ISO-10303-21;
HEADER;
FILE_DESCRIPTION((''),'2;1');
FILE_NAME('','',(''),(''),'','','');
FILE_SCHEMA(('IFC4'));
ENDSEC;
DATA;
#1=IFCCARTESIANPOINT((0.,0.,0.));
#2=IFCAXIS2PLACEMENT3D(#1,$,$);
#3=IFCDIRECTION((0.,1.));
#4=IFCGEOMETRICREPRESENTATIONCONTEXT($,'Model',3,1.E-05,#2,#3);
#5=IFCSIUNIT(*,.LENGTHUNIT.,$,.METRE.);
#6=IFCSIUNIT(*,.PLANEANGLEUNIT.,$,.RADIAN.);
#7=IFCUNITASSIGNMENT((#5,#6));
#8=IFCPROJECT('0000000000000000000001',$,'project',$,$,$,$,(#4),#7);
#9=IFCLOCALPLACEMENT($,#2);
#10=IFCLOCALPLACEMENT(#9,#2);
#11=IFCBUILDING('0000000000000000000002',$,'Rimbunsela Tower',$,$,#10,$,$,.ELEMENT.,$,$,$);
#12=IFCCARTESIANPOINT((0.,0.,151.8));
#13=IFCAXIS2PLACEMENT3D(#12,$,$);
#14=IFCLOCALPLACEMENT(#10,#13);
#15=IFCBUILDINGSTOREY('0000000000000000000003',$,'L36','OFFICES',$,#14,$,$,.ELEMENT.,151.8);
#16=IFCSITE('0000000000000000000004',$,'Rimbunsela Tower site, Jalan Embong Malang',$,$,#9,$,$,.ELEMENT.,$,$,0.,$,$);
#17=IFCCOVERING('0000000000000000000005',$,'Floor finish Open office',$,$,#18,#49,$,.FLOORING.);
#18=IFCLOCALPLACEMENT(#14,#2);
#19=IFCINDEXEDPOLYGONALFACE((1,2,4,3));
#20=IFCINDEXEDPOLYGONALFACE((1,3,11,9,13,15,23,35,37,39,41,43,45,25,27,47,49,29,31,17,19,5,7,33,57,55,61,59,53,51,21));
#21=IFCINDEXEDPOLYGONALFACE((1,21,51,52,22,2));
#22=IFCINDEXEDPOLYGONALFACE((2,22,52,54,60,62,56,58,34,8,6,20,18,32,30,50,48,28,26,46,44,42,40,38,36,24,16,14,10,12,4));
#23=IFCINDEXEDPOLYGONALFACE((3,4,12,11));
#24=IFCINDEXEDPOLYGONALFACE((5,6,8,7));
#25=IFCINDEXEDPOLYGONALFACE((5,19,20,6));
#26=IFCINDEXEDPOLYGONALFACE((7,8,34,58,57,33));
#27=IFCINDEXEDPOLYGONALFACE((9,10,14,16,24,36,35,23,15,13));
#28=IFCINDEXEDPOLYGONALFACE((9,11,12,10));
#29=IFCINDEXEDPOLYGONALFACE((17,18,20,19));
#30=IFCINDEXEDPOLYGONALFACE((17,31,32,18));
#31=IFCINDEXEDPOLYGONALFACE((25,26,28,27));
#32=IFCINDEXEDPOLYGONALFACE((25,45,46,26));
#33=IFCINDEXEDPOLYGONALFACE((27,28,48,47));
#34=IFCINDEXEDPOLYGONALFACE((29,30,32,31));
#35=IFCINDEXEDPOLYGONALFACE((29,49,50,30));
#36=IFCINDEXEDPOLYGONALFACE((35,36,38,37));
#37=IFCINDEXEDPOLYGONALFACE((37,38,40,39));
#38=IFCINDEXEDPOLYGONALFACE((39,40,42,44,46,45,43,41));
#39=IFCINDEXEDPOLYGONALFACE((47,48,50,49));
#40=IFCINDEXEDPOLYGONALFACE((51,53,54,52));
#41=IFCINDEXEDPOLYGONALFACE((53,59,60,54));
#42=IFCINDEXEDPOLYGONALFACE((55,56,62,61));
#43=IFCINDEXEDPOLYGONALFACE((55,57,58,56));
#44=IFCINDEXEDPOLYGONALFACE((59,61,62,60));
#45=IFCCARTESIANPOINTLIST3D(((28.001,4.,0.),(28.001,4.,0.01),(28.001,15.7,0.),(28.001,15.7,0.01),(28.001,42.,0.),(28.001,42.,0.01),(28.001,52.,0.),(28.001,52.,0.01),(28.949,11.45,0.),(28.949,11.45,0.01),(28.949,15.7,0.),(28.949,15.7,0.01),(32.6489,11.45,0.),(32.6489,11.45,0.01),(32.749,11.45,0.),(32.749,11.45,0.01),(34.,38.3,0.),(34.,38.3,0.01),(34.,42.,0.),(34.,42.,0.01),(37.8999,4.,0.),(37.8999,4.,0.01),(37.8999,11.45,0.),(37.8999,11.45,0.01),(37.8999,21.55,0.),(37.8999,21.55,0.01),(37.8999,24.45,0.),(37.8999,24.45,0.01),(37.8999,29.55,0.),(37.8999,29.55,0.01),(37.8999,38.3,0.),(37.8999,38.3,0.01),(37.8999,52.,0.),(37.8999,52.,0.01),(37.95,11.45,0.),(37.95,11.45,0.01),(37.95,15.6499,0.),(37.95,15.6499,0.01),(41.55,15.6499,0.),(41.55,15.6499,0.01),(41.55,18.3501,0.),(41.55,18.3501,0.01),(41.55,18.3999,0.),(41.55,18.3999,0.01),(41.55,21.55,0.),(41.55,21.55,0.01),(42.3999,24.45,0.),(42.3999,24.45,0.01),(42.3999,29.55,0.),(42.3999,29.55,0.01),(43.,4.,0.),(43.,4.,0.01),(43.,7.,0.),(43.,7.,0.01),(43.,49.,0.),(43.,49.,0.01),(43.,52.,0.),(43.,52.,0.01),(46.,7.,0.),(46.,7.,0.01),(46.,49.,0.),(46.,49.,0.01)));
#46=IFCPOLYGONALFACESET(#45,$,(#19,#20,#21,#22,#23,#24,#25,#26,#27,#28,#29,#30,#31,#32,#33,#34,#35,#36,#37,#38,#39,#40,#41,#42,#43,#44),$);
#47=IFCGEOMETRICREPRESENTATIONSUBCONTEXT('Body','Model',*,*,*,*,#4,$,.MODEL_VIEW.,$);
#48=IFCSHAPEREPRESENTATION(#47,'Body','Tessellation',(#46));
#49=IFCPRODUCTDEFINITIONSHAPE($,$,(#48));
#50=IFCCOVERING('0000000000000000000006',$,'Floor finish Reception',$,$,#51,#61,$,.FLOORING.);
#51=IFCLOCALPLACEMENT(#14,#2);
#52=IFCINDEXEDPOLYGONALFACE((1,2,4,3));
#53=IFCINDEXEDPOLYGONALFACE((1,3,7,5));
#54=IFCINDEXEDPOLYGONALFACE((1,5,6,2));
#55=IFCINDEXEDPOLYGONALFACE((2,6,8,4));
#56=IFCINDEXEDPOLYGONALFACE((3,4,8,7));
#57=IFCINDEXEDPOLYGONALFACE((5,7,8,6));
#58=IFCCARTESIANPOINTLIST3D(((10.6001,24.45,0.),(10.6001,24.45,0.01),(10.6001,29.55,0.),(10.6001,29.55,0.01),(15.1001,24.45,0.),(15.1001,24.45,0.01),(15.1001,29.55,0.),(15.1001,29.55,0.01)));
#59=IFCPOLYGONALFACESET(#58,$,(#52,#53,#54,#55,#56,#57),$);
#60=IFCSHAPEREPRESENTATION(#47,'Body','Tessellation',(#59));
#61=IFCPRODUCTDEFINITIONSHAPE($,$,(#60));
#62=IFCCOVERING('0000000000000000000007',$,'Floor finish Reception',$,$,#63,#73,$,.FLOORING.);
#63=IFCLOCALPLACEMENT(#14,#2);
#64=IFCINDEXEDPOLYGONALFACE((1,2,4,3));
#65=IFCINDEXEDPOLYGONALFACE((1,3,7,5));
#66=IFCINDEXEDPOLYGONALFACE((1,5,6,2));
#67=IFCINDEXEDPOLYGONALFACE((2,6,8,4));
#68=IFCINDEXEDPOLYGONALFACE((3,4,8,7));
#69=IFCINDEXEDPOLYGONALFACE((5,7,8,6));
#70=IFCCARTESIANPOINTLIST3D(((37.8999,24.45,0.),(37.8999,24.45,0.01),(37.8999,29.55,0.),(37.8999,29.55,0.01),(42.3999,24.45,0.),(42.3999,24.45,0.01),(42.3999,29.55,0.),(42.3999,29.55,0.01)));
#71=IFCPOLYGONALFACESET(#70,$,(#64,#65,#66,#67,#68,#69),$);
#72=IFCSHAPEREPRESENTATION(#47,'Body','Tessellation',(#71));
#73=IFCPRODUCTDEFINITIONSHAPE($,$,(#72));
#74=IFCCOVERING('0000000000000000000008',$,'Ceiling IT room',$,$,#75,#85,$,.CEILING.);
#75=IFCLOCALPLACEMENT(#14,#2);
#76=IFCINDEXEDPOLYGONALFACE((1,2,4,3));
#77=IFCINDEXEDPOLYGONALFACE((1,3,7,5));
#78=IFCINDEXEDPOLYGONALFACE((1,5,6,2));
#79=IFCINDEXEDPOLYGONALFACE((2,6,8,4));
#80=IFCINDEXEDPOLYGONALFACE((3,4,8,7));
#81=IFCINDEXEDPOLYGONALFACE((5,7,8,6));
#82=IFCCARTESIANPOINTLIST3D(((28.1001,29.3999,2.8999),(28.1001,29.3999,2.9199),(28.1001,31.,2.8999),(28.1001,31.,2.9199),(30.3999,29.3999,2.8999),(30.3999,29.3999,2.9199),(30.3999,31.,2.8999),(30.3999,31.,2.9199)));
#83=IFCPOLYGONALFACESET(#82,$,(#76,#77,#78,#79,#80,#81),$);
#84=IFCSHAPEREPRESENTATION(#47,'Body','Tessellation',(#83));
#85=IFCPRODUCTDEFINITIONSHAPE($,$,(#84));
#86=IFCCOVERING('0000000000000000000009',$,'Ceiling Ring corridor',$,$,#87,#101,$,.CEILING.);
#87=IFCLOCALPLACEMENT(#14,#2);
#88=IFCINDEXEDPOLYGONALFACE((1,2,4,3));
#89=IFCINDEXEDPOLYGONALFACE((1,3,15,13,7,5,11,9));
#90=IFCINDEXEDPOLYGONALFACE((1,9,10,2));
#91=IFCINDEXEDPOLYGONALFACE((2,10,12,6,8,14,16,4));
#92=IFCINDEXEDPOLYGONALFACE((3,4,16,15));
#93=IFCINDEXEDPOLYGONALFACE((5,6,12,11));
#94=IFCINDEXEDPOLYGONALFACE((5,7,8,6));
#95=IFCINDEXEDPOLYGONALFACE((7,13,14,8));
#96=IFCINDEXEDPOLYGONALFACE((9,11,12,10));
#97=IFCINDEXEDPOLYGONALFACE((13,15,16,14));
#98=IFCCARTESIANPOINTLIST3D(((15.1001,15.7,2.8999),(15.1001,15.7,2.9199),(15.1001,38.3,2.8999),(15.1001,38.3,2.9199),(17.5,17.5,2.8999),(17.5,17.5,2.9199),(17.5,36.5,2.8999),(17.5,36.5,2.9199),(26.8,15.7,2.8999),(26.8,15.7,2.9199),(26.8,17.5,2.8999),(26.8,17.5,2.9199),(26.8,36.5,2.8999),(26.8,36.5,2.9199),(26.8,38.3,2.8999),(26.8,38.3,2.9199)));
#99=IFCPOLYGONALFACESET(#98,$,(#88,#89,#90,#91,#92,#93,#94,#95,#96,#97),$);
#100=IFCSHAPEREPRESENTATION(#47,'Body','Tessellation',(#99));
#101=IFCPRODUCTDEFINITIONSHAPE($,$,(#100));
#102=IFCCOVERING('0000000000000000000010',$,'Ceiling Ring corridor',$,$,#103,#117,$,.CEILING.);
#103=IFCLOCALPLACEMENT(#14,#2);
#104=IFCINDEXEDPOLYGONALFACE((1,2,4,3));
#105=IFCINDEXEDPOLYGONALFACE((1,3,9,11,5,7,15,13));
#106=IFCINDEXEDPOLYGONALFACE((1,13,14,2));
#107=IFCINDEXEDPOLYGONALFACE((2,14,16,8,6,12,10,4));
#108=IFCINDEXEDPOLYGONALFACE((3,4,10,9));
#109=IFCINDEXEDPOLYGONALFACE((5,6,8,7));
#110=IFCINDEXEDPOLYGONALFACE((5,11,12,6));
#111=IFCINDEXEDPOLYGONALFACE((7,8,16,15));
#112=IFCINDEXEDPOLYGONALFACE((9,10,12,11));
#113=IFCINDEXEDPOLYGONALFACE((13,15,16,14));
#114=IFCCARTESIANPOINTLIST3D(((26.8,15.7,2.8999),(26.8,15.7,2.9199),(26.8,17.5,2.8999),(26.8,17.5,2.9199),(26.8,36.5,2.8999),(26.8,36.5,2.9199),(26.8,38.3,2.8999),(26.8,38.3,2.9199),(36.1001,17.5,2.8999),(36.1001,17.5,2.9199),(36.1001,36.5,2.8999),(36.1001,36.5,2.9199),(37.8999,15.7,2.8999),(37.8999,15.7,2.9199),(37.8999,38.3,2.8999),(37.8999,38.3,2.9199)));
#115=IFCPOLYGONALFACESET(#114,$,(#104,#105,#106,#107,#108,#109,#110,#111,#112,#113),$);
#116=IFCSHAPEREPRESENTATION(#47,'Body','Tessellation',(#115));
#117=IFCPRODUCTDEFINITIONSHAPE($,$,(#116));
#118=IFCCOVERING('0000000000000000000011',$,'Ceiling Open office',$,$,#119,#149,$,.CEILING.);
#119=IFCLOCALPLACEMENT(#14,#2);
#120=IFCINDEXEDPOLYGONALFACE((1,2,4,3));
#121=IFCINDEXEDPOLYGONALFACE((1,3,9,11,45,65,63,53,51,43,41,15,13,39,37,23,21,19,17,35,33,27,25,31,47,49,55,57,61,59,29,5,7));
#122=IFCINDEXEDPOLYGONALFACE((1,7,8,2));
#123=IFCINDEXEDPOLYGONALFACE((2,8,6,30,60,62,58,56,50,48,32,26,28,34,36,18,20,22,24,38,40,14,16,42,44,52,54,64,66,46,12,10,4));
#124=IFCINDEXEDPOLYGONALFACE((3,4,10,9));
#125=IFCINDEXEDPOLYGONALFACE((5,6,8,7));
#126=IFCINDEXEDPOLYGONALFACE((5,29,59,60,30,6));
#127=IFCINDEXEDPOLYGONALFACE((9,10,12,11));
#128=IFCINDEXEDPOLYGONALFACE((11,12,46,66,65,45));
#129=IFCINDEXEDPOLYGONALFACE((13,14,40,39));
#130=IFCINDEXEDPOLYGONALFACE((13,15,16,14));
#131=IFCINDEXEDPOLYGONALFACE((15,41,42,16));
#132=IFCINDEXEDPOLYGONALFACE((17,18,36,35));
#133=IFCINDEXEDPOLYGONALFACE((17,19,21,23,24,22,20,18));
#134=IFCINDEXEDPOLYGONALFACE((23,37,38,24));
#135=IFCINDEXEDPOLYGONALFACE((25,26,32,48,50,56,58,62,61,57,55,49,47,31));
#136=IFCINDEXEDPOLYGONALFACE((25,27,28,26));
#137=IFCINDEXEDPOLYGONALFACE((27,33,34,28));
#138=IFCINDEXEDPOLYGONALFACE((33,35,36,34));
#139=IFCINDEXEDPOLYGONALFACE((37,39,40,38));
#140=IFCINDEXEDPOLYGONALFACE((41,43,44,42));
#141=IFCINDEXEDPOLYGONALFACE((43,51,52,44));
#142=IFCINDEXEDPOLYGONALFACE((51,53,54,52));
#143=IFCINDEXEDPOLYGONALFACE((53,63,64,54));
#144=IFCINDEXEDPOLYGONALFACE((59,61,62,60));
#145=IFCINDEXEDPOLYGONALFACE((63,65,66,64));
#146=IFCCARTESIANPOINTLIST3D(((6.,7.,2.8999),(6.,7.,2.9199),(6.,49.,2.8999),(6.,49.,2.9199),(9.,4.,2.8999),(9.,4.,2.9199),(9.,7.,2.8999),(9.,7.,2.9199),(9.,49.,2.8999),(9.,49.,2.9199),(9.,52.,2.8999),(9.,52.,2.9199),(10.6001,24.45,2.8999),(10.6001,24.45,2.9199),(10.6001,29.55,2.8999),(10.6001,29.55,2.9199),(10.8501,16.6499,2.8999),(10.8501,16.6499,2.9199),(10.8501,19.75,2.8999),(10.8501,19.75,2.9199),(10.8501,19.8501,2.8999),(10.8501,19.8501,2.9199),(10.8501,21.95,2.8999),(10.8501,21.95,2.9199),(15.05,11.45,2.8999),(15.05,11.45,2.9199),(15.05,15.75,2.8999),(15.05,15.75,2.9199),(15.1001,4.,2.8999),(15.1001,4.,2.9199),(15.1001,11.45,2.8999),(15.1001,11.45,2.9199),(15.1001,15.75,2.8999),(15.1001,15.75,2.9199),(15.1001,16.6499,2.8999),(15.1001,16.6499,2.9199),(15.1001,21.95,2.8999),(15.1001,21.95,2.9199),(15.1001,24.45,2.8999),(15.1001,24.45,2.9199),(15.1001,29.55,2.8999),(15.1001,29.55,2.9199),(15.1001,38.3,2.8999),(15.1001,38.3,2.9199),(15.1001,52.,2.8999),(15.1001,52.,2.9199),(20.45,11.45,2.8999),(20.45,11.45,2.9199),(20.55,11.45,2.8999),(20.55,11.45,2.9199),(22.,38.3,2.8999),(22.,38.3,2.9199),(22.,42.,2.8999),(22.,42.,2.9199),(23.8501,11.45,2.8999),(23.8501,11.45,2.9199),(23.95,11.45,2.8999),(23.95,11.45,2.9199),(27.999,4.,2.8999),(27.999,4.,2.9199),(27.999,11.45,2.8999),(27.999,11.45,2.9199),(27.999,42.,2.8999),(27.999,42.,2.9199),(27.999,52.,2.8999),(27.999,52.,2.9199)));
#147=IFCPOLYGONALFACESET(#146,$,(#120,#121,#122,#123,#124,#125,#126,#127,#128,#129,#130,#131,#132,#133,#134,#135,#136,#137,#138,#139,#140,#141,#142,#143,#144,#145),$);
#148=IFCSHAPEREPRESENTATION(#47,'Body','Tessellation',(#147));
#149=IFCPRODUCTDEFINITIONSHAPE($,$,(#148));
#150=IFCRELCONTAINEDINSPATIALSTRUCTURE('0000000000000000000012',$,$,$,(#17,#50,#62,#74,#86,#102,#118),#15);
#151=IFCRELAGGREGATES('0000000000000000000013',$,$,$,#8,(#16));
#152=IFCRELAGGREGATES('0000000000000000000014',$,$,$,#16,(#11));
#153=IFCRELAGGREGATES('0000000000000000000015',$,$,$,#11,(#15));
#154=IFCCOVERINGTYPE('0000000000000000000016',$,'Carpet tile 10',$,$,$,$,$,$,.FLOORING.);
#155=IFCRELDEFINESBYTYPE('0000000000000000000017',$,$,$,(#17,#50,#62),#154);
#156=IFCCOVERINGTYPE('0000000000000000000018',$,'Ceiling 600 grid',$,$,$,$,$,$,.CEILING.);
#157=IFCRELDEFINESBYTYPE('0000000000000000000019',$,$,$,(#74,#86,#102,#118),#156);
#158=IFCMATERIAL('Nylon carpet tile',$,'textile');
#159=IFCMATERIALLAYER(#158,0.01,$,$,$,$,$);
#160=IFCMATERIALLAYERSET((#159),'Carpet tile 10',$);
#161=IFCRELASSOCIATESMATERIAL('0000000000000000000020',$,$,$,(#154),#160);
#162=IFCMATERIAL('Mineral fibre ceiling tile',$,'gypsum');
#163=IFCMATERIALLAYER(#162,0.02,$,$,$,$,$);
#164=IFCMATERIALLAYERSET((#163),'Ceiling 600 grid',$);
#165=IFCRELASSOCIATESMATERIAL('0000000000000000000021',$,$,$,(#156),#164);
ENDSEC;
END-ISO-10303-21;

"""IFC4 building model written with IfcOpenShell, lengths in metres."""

from ifc_helpers import new_model, si_unit, direction, frame, origin, place, context, subcontext, project, spatial, polyline, outline, extrude, material, layer, layer_set, type_object, element, save


model = new_model("IFC4")

# Units and contexts
model_context = context("Model", 3, precision=1e-05, world=origin(), true_north=direction((0.0, 1.0)))
body_context = subcontext(model_context, "Body", "Model", "MODEL_VIEW")
ifc_project = project(units=[si_unit("LENGTHUNIT", "METRE"), si_unit("PLANEANGLEUNIT", "RADIAN")], contexts=[model_context])

# Site, building, storey
site_placement = place(None, origin())
site = spatial("IfcSite", under=ifc_project, at=site_placement, Name="Rimbunsela Tower site, Jalan Embong Malang", CompositionType="ELEMENT", RefElevation=0.0)
building_placement = place(site_placement, origin())
building = spatial("IfcBuilding", under=site, at=building_placement, Name="Rimbunsela Tower", CompositionType="ELEMENT")
storey_placement = place(building_placement, frame((0.0, 0.0, 151.8)))
storey = spatial("IfcBuildingStorey", under=building, at=storey_placement, Name="L36", Description="OFFICES", CompositionType="ELEMENT", Elevation=151.8)

# Coverings
ifc_material_1 = material(Name="Nylon carpet tile", Category="textile")
ifc_layer_1 = layer(ifc_material_1, 0.01)
ifc_layer_set_1 = layer_set([ifc_layer_1], Name="Carpet tile 10")
covering_type_1 = type_object("IfcCoveringType", Name="Carpet tile 10", PredefinedType="FLOORING", material=ifc_layer_set_1)
covering_1_placement = place(storey_placement, origin())
element("IfcCovering", 1, at=covering_1_placement, inside=storey, type_object=covering_type_1, Name="Floor finish Open office", PredefinedType="FLOORING", context=body_context, shape_type="SweptSolid", body=[
    extrude(outline(polyline([(28.001, 15.7), (28.949, 15.7), (28.949, 11.45), (32.6489, 11.45), (32.749, 11.45), (37.8999, 11.45), (37.95, 11.45), (37.95, 15.6499), (41.55, 15.6499), (41.55, 18.3501), (41.55, 18.3999), (41.55, 21.55), (37.8999, 21.55), (37.8999, 24.45), (42.3999, 24.45), (42.3999, 29.55), (37.8999, 29.55), (37.8999, 38.3), (34.0, 38.3), (34.0, 42.0), (28.001, 42.0), (28.001, 52.0), (37.8999, 52.0), (43.0, 52.0), (43.0, 49.0), (46.0, 49.0), (46.0, 7.0), (43.0, 7.0), (43.0, 4.0), (37.8999, 4.0), (28.001, 4.0), (28.001, 15.7)])), origin(), (0.0, 0.0, 1.0), 0.01),
])
covering_2_placement = place(storey_placement, origin())
element("IfcCovering", 2, at=covering_2_placement, inside=storey, type_object=covering_type_1, Name="Floor finish Reception", PredefinedType="FLOORING", context=body_context, shape_type="SweptSolid", body=[
    extrude(outline(polyline([(15.1001, 24.45), (15.1001, 29.55), (10.6001, 29.55), (10.6001, 24.45), (15.1001, 24.45)])), origin(), (0.0, 0.0, 1.0), 0.01),
])
covering_3_placement = place(storey_placement, origin())
element("IfcCovering", 3, at=covering_3_placement, inside=storey, type_object=covering_type_1, Name="Floor finish Reception", PredefinedType="FLOORING", context=body_context, shape_type="SweptSolid", body=[
    extrude(outline(polyline([(42.3999, 24.45), (42.3999, 29.55), (37.8999, 29.55), (37.8999, 24.45), (42.3999, 24.45)])), origin(), (0.0, 0.0, 1.0), 0.01),
])
ifc_material_2 = material(Name="Mineral fibre ceiling tile", Category="gypsum")
ifc_layer_2 = layer(ifc_material_2, 0.02)
ifc_layer_set_2 = layer_set([ifc_layer_2], Name="Ceiling 600 grid")
covering_type_2 = type_object("IfcCoveringType", Name="Ceiling 600 grid", PredefinedType="CEILING", material=ifc_layer_set_2)
covering_4_placement = place(storey_placement, frame((0.0, 0.0, 2.8999)))
element("IfcCovering", 4, at=covering_4_placement, inside=storey, type_object=covering_type_2, Name="Ceiling IT room", PredefinedType="CEILING", context=body_context, shape_type="SweptSolid", body=[
    extrude(outline(polyline([(30.3999, 29.3999), (30.3999, 31.0), (28.1001, 31.0), (28.1001, 29.3999), (30.3999, 29.3999)])), origin(), (0.0, 0.0, 1.0), 0.02),
])
covering_5_placement = place(storey_placement, frame((0.0, 0.0, 2.8999)))
element("IfcCovering", 5, at=covering_5_placement, inside=storey, type_object=covering_type_2, Name="Ceiling Ring corridor", PredefinedType="CEILING", context=body_context, shape_type="SweptSolid", body=[
    extrude(outline(polyline([(15.1001, 38.3), (26.8, 38.3), (26.8, 36.5), (17.5, 36.5), (17.5, 17.5), (26.8, 17.5), (26.8, 15.7), (15.1001, 15.7), (15.1001, 38.3)])), origin(), (0.0, 0.0, 1.0), 0.02),
])
covering_6_placement = place(storey_placement, frame((0.0, 0.0, 2.8999)))
element("IfcCovering", 6, at=covering_6_placement, inside=storey, type_object=covering_type_2, Name="Ceiling Ring corridor", PredefinedType="CEILING", context=body_context, shape_type="SweptSolid", body=[
    extrude(outline(polyline([(37.8999, 38.3), (37.8999, 15.7), (26.8, 15.7), (26.8, 17.5), (36.1001, 17.5), (36.1001, 36.5), (26.8, 36.5), (26.8, 38.3), (37.8999, 38.3)])), origin(), (0.0, 0.0, 1.0), 0.02),
])
covering_7_placement = place(storey_placement, frame((0.0, 0.0, 2.8999)))
element("IfcCovering", 7, at=covering_7_placement, inside=storey, type_object=covering_type_2, Name="Ceiling Open office", PredefinedType="CEILING", context=body_context, shape_type="SweptSolid", body=[
    extrude(outline(polyline([(20.55, 11.45), (23.8501, 11.45), (23.95, 11.45), (27.999, 11.45), (27.999, 4.0), (15.1001, 4.0), (9.0, 4.0), (9.0, 7.0), (6.0, 7.0), (6.0, 49.0), (9.0, 49.0), (9.0, 52.0), (15.1001, 52.0), (27.999, 52.0), (27.999, 42.0), (22.0, 42.0), (22.0, 38.3), (15.1001, 38.3), (15.1001, 29.55), (10.6001, 29.55), (10.6001, 24.45), (15.1001, 24.45), (15.1001, 21.95), (10.8501, 21.95), (10.8501, 19.8501), (10.8501, 19.75), (10.8501, 16.6499), (15.1001, 16.6499), (15.1001, 15.75), (15.05, 15.75), (15.05, 11.45), (15.1001, 11.45), (20.45, 11.45), (20.55, 11.45)])), origin(), (0.0, 0.0, 1.0), 0.02),
])

save(model, "model.ifc")
